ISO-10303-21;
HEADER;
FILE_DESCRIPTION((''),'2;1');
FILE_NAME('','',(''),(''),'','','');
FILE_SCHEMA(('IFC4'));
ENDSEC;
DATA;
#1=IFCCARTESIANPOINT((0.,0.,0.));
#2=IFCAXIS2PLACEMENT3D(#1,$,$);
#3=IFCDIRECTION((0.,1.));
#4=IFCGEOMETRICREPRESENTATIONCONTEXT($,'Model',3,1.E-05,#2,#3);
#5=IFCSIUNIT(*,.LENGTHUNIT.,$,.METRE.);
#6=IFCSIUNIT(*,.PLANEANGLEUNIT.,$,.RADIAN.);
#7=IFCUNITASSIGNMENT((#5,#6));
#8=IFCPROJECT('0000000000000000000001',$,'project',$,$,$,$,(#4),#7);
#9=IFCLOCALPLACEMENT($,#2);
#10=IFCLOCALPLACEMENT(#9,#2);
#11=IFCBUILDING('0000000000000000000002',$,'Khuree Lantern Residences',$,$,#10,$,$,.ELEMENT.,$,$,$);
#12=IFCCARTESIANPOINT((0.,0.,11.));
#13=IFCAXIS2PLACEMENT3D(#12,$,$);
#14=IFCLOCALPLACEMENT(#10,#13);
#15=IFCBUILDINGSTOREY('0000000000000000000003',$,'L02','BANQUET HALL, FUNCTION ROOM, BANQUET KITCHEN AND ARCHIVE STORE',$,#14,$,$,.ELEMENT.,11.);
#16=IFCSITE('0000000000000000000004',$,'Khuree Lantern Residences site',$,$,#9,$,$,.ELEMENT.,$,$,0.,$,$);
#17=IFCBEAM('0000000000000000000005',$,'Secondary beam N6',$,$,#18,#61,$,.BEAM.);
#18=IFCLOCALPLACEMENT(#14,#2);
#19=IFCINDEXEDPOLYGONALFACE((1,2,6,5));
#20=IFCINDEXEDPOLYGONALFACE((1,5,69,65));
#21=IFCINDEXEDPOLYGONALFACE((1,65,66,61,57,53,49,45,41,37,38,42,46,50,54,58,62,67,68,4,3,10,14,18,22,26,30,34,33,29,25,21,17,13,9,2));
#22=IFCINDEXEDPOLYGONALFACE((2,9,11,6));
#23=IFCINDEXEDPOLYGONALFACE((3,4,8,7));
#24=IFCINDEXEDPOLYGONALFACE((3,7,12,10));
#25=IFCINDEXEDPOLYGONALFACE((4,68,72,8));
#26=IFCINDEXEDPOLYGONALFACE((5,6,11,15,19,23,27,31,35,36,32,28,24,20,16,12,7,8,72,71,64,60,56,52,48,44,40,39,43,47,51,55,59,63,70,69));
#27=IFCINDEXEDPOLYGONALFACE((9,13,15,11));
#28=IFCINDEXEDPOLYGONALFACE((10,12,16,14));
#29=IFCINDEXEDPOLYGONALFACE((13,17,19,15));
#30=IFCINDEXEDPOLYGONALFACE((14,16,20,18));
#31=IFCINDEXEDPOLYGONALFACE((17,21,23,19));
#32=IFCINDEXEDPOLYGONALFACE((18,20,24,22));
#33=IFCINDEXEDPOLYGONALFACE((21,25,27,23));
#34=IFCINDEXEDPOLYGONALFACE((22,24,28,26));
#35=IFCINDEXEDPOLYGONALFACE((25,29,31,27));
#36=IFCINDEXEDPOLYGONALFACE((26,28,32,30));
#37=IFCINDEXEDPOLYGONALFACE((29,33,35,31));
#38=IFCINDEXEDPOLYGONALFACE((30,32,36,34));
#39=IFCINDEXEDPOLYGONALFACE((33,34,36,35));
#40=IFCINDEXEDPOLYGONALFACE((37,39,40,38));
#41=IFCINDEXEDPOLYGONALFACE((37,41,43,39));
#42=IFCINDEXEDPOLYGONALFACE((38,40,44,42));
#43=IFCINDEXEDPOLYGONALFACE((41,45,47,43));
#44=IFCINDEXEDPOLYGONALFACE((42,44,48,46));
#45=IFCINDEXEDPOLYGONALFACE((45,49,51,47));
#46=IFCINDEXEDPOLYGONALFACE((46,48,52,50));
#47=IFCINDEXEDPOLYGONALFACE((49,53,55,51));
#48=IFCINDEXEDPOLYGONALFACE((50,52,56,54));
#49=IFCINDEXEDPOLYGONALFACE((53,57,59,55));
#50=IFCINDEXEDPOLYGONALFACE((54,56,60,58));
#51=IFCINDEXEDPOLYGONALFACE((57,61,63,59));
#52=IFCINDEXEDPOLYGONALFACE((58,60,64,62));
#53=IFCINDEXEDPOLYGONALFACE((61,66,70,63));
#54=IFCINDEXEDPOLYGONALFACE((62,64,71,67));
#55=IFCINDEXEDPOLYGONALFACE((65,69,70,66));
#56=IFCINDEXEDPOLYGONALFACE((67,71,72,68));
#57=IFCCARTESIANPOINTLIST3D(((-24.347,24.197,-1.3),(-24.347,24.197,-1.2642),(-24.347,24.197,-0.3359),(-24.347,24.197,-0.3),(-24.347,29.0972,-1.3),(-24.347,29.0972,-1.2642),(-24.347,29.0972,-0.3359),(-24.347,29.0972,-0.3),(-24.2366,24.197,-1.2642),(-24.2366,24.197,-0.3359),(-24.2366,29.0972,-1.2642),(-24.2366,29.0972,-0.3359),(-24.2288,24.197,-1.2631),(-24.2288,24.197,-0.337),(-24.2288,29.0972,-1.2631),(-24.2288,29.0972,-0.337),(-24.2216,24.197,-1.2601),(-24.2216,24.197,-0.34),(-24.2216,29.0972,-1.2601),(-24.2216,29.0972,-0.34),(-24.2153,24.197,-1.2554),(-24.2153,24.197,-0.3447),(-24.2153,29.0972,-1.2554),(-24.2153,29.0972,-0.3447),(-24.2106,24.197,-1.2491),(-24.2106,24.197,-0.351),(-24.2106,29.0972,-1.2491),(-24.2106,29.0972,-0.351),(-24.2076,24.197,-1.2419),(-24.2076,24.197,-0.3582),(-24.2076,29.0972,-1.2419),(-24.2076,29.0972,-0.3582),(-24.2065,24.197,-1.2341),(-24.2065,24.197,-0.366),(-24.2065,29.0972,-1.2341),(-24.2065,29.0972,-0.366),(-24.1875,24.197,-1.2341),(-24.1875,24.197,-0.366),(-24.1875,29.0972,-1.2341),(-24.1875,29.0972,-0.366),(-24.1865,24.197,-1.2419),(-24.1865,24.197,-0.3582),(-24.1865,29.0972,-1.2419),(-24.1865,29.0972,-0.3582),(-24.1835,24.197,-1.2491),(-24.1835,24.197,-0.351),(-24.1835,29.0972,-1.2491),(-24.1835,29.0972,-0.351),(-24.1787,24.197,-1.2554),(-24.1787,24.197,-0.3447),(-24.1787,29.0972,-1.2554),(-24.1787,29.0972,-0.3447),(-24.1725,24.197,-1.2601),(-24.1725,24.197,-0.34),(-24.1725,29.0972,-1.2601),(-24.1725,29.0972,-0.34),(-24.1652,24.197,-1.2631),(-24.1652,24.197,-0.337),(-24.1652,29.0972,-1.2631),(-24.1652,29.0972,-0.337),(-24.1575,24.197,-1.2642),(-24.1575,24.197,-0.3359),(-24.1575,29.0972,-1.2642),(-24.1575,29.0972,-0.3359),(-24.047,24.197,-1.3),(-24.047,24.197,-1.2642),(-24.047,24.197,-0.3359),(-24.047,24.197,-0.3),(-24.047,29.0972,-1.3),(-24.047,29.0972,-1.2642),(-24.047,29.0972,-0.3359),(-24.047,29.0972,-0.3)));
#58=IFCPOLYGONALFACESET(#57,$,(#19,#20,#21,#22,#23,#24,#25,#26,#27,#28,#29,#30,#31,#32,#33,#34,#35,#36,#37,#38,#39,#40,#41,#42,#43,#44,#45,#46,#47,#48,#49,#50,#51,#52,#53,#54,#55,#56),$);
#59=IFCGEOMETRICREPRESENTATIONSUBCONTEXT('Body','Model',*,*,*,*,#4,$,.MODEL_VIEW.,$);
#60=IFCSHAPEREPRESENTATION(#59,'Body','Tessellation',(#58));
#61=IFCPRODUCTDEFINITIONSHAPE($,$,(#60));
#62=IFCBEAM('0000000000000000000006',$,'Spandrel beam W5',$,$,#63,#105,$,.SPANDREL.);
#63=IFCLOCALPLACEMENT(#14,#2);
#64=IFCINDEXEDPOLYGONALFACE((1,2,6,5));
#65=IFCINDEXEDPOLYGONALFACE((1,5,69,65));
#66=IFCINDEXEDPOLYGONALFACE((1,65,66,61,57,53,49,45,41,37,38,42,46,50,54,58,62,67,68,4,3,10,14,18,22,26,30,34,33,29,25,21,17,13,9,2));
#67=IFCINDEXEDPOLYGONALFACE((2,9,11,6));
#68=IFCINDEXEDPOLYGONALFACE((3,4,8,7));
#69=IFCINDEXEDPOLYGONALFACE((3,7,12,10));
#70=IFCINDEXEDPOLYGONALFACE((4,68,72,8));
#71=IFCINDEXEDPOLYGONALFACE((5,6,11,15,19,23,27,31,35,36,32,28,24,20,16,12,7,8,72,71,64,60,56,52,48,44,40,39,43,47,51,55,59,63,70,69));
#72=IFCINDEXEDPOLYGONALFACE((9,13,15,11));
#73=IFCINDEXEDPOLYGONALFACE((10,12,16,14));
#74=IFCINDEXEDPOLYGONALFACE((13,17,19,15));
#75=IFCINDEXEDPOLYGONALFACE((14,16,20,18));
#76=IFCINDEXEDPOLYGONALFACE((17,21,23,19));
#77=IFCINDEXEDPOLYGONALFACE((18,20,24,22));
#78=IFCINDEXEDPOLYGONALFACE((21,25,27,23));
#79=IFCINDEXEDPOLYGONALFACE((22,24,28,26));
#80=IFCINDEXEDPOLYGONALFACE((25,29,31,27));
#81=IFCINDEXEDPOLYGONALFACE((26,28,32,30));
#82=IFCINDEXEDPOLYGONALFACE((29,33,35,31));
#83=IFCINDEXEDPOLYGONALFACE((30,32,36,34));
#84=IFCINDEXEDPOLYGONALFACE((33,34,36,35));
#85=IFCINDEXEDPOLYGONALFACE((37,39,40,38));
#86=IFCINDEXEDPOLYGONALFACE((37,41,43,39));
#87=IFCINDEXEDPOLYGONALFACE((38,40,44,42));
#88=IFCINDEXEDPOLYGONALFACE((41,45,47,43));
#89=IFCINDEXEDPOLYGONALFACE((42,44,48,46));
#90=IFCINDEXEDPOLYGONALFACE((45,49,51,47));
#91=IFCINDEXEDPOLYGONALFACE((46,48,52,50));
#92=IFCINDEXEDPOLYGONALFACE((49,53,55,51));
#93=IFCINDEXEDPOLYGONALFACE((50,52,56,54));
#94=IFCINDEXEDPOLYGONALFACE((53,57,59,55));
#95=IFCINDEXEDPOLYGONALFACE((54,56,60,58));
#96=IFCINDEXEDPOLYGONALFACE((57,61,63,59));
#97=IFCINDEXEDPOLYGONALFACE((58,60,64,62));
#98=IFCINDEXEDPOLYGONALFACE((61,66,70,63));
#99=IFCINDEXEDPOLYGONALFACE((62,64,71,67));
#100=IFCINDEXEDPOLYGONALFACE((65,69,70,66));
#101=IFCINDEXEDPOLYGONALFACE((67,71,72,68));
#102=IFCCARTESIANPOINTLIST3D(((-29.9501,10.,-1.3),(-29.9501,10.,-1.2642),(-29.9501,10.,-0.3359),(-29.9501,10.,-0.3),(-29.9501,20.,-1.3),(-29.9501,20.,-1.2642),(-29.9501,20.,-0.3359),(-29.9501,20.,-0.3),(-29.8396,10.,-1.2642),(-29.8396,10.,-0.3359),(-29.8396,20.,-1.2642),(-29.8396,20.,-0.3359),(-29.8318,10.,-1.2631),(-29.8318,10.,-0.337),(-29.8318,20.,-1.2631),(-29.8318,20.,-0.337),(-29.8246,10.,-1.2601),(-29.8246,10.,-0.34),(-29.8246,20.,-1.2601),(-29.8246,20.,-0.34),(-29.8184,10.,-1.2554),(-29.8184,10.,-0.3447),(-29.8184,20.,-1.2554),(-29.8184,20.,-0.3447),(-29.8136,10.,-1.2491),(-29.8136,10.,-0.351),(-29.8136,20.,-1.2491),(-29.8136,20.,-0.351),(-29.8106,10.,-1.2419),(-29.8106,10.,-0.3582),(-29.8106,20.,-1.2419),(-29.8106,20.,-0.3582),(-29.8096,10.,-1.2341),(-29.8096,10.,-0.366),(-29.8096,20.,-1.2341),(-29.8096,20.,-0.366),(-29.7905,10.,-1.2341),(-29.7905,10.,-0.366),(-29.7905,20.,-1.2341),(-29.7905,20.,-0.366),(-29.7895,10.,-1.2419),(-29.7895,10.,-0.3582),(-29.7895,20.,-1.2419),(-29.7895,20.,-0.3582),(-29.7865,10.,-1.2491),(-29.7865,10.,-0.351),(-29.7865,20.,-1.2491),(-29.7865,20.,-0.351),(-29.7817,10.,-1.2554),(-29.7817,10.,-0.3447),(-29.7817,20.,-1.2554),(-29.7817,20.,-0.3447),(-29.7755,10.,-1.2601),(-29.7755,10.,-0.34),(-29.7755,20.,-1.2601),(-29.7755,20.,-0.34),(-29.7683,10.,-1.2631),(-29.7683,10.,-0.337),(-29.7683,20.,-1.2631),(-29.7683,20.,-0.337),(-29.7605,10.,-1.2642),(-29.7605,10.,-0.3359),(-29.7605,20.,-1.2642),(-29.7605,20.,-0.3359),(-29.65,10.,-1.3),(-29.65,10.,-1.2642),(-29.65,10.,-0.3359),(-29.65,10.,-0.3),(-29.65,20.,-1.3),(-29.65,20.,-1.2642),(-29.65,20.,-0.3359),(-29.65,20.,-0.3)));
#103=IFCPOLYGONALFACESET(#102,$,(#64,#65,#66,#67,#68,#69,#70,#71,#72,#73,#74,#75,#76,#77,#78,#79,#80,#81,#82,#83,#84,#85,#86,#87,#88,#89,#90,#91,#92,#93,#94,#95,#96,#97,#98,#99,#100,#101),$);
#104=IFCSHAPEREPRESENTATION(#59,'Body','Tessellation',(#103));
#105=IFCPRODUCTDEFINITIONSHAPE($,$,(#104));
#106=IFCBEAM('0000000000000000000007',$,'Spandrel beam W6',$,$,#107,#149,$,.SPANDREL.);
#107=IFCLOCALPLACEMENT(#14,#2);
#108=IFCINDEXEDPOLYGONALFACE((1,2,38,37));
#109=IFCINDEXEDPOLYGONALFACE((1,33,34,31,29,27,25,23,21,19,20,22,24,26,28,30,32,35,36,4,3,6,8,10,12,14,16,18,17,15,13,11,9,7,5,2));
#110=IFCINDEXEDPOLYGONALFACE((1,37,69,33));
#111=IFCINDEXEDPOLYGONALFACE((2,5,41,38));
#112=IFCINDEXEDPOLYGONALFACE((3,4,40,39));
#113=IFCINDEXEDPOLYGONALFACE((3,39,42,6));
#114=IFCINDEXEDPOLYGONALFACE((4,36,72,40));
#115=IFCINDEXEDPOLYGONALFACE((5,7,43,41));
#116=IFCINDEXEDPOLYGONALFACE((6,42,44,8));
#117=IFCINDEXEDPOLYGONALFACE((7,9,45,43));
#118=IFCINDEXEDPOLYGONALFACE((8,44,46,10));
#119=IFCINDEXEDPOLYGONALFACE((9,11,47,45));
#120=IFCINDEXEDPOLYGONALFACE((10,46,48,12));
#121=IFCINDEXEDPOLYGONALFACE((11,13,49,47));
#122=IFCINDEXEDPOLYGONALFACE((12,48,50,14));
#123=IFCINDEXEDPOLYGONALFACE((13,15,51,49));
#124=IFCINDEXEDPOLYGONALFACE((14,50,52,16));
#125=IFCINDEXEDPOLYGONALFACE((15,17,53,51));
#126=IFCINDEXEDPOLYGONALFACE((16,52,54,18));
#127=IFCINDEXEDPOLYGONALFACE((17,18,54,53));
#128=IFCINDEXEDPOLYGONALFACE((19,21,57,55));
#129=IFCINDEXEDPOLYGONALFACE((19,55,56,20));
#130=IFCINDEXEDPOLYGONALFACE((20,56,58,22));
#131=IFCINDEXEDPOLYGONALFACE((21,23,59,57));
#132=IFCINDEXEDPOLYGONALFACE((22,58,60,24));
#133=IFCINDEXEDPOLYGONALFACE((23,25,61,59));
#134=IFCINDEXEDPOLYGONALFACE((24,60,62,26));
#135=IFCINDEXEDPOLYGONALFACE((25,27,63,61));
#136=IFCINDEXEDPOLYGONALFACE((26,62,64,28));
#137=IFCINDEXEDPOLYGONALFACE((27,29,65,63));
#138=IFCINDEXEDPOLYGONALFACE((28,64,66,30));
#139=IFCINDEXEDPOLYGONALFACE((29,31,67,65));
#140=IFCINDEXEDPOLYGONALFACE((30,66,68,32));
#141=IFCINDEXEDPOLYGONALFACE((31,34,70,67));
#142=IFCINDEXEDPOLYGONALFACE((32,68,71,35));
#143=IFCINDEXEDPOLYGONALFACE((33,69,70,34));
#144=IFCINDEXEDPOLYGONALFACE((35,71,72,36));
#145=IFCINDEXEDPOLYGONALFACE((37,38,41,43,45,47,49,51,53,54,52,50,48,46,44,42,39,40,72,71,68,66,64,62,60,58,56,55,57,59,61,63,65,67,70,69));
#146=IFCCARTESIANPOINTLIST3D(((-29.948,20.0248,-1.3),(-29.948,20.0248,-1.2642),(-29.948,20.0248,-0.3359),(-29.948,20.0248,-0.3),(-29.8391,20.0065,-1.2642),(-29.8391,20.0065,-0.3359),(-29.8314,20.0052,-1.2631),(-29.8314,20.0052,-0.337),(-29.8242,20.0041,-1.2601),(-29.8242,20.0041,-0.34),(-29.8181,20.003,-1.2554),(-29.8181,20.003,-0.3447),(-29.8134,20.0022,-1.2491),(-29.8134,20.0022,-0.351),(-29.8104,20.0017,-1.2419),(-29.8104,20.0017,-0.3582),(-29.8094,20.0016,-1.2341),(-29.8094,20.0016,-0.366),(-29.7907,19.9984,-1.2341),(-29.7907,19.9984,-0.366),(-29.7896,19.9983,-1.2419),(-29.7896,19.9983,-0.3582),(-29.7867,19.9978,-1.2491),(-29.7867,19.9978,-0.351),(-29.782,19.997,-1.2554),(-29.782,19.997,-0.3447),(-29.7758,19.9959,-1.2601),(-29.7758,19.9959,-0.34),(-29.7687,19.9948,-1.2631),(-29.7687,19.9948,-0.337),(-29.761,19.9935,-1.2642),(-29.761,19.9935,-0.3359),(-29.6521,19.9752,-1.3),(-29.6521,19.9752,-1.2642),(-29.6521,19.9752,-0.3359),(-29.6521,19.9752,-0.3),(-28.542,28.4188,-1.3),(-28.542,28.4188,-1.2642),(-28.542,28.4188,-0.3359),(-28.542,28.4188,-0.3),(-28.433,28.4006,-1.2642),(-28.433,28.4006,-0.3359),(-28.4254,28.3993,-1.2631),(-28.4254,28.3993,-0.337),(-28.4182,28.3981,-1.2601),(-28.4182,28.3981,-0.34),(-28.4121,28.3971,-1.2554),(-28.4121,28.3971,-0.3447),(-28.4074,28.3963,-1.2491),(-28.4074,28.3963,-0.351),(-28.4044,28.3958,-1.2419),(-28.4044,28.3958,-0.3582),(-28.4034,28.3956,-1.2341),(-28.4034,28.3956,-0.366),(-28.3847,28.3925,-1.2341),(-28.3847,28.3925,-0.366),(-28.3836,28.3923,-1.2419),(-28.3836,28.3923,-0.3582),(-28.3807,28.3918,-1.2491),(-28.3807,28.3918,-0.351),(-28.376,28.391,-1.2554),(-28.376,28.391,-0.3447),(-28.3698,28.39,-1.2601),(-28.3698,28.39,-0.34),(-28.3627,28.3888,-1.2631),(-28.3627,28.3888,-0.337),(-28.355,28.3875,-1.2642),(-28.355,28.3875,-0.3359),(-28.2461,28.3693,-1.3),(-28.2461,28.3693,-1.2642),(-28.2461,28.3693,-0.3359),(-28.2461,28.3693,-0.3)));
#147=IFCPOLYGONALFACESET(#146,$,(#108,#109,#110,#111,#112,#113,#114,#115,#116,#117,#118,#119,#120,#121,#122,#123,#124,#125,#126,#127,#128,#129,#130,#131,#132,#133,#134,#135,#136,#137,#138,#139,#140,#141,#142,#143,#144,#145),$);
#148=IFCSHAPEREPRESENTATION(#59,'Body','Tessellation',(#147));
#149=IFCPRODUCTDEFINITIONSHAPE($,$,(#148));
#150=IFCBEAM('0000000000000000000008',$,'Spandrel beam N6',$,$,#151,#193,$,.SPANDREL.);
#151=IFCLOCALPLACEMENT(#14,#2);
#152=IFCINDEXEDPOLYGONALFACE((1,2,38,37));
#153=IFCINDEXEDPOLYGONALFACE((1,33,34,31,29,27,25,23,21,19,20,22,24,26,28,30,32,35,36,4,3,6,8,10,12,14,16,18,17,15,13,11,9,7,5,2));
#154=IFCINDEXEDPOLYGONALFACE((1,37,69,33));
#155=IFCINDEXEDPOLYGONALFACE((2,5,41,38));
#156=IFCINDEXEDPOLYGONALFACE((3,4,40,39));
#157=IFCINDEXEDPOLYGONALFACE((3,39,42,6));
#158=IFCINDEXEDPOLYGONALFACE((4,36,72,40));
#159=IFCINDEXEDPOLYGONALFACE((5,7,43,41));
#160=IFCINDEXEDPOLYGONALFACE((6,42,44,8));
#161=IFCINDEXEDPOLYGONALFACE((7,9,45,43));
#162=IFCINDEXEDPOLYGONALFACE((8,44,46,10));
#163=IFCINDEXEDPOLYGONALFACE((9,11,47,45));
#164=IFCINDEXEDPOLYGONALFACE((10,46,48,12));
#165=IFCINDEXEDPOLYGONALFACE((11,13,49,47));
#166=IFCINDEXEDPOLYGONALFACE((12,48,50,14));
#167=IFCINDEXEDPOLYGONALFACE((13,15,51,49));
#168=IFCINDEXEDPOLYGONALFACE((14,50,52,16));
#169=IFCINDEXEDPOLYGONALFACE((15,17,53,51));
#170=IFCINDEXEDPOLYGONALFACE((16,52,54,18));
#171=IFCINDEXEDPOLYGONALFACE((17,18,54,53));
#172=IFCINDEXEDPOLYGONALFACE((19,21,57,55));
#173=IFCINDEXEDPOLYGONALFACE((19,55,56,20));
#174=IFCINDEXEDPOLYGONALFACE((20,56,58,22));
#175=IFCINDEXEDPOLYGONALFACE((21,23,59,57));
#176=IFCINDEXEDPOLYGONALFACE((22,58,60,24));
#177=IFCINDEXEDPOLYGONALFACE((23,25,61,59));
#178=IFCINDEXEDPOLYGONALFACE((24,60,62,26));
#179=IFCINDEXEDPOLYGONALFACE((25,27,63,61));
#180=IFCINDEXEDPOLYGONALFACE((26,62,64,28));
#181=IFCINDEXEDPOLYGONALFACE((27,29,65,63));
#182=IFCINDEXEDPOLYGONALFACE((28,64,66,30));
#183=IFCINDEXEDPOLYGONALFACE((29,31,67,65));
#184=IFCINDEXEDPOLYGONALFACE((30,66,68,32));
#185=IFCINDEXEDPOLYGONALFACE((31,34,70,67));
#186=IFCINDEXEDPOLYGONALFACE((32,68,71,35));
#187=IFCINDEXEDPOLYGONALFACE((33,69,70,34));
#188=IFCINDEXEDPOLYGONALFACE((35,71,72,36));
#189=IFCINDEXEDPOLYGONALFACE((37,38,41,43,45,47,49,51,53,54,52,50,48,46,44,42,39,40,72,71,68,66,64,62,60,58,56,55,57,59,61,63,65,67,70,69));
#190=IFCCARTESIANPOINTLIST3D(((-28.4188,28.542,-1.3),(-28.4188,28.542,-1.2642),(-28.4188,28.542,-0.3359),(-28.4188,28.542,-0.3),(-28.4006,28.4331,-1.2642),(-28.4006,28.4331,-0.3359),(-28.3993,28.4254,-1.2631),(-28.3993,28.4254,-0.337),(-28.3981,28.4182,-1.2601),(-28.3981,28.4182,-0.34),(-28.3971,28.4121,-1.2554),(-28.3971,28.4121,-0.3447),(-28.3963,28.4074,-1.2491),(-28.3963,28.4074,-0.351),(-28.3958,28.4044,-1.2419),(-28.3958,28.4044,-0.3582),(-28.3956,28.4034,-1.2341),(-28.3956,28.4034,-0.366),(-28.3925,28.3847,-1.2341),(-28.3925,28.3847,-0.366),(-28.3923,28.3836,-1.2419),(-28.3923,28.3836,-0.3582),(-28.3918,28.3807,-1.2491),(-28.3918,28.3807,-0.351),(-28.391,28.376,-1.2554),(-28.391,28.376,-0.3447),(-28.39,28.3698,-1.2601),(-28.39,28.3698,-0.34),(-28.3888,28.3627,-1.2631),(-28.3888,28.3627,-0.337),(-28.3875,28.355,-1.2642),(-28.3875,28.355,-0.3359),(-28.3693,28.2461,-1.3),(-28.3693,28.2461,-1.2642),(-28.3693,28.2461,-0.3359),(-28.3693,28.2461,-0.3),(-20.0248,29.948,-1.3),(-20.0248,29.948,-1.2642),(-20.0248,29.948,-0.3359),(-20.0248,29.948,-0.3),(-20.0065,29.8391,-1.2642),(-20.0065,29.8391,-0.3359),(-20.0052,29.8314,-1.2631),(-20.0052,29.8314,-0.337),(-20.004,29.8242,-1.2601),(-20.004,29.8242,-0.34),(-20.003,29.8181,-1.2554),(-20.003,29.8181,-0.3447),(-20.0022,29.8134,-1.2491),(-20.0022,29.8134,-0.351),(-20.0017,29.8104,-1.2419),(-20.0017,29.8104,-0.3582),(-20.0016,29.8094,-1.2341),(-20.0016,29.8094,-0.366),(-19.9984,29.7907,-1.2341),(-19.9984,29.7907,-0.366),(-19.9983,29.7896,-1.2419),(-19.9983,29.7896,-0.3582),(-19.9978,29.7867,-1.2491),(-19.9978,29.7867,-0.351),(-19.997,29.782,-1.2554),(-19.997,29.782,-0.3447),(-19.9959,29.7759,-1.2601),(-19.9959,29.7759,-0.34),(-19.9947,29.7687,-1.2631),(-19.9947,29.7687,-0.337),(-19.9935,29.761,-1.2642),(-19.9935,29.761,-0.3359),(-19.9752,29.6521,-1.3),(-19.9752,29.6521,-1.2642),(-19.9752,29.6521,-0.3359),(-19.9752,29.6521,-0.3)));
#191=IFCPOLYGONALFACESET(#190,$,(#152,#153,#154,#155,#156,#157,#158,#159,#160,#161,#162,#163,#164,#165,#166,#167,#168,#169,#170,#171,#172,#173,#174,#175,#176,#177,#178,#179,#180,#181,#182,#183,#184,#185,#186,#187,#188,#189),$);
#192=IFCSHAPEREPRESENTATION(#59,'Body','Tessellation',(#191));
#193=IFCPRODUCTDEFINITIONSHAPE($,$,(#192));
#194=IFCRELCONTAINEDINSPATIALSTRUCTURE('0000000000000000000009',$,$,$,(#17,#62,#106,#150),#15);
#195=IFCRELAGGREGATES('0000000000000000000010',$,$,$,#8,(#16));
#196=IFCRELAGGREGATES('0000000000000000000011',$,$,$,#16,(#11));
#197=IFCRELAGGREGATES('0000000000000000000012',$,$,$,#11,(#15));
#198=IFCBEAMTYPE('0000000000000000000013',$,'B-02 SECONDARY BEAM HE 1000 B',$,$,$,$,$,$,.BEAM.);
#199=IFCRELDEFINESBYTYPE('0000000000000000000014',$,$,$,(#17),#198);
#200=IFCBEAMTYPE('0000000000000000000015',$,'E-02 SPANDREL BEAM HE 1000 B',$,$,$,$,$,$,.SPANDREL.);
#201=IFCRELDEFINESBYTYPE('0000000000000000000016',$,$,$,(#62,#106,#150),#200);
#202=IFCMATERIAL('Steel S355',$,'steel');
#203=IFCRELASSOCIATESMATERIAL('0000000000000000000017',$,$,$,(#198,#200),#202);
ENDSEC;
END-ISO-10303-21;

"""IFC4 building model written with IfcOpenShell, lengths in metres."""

from ifc_helpers import new_model, si_unit, direction, frame, origin, origin_2d, place, context, subcontext, project, spatial, i_section, extrude, material, material_profile, profile_set, type_object, element, save


model = new_model("IFC4")

# Units and contexts
model_context = context("Model", 3, precision=1e-05, world=origin(), true_north=direction((0.0, 1.0)))
body_context = subcontext(model_context, "Body", "Model", "MODEL_VIEW")
ifc_project = project(units=[si_unit("LENGTHUNIT", "METRE"), si_unit("PLANEANGLEUNIT", "RADIAN")], contexts=[model_context])

# Site, building, storey
site_placement = place(None, origin())
site = spatial("IfcSite", under=ifc_project, at=site_placement, Name="Khuree Lantern Residences site", CompositionType="ELEMENT", RefElevation=0.0)
building_placement = place(site_placement, origin())
building = spatial("IfcBuilding", under=site, at=building_placement, Name="Khuree Lantern Residences", CompositionType="ELEMENT")
storey_placement = place(building_placement, frame((0.0, 0.0, 11.0)))
storey = spatial("IfcBuildingStorey", under=building, at=storey_placement, Name="L02", Description="BANQUET HALL, FUNCTION ROOM, BANQUET KITCHEN AND ARCHIVE STORE", CompositionType="ELEMENT", Elevation=11.0)

# Beams
ifc_material_1 = material(Name="Steel S355", Category="steel")
ifc_material_profile_1 = material_profile(ifc_material_1, i_section(OverallWidth=0.3, OverallDepth=1.0, WebThickness=0.019, FlangeThickness=0.0359, FilletRadius=0.03, at=origin_2d()), Name="HE 1000 B")
ifc_profile_set_1 = profile_set([ifc_material_profile_1], Name="Steel S355")
beam_type_1 = type_object("IfcBeamType", Name="B-02 SECONDARY BEAM HE 1000 B", PredefinedType="BEAM", material=ifc_profile_set_1)
for number, where, z_axis, x_axis, name in (
    (1, (-24.197, 29.0972, -0.8), (0.0, -1.0, 0.0), (1.0, 0.0, 0.0), "Secondary beam N6"),
):
    element("IfcBeam", number, at=place(storey_placement, frame(where, z_axis=z_axis, x_axis=x_axis)), inside=storey, type_object=beam_type_1, Name=name, PredefinedType="BEAM", context=body_context, shape_type="SweptSolid", body=[
        extrude(i_section(OverallWidth=0.3, OverallDepth=1.0, WebThickness=0.019, FlangeThickness=0.0359, FilletRadius=0.03, at=origin_2d()), origin(), (0.0, 0.0, 1.0), 4.9001),
    ])
ifc_material_profile_2 = material_profile(ifc_material_1, i_section(OverallWidth=0.3, OverallDepth=1.0, WebThickness=0.019, FlangeThickness=0.0359, FilletRadius=0.03, at=origin_2d()), Name="HE 1000 B")
ifc_profile_set_2 = profile_set([ifc_material_profile_2], Name="Steel S355")
beam_type_2 = type_object("IfcBeamType", Name="E-02 SPANDREL BEAM HE 1000 B", PredefinedType="SPANDREL", material=ifc_profile_set_2)
beam_1_placement = place(storey_placement, frame((-29.8, 10.0, -0.8), z_axis=(0.0, 1.0, 0.0), x_axis=(-1.0, 0.0, 0.0)))
element("IfcBeam", 2, at=beam_1_placement, inside=storey, type_object=beam_type_2, Name="Spandrel beam W5", PredefinedType="SPANDREL", context=body_context, shape_type="SweptSolid", body=[
    extrude(i_section(OverallWidth=0.3, OverallDepth=1.0, WebThickness=0.019, FlangeThickness=0.0359, FilletRadius=0.03, at=origin_2d()), origin(), (0.0, 0.0, 1.0), 10.0),
])
for number, where, z_axis, x_axis, name in (
    (3, (-29.8, 20.0, -0.8), (0.165199, 0.98626, 0.0), (-0.98626, 0.165199, 0.0), "Spandrel beam W6"),
    (4, (-28.394, 28.394, -0.8), (0.98626, 0.165199, 0.0), (-0.165199, 0.98626, 0.0), "Spandrel beam N6"),
):
    element("IfcBeam", number, at=place(storey_placement, frame(where, z_axis=z_axis, x_axis=x_axis)), inside=storey, type_object=beam_type_2, Name=name, PredefinedType="SPANDREL", context=body_context, shape_type="SweptSolid", body=[
        extrude(i_section(OverallWidth=0.3, OverallDepth=1.0, WebThickness=0.019, FlangeThickness=0.0359, FilletRadius=0.03, at=origin_2d()), origin(), (0.0, 0.0, 1.0), 8.511),
    ])

save(model, "model.ifc")
